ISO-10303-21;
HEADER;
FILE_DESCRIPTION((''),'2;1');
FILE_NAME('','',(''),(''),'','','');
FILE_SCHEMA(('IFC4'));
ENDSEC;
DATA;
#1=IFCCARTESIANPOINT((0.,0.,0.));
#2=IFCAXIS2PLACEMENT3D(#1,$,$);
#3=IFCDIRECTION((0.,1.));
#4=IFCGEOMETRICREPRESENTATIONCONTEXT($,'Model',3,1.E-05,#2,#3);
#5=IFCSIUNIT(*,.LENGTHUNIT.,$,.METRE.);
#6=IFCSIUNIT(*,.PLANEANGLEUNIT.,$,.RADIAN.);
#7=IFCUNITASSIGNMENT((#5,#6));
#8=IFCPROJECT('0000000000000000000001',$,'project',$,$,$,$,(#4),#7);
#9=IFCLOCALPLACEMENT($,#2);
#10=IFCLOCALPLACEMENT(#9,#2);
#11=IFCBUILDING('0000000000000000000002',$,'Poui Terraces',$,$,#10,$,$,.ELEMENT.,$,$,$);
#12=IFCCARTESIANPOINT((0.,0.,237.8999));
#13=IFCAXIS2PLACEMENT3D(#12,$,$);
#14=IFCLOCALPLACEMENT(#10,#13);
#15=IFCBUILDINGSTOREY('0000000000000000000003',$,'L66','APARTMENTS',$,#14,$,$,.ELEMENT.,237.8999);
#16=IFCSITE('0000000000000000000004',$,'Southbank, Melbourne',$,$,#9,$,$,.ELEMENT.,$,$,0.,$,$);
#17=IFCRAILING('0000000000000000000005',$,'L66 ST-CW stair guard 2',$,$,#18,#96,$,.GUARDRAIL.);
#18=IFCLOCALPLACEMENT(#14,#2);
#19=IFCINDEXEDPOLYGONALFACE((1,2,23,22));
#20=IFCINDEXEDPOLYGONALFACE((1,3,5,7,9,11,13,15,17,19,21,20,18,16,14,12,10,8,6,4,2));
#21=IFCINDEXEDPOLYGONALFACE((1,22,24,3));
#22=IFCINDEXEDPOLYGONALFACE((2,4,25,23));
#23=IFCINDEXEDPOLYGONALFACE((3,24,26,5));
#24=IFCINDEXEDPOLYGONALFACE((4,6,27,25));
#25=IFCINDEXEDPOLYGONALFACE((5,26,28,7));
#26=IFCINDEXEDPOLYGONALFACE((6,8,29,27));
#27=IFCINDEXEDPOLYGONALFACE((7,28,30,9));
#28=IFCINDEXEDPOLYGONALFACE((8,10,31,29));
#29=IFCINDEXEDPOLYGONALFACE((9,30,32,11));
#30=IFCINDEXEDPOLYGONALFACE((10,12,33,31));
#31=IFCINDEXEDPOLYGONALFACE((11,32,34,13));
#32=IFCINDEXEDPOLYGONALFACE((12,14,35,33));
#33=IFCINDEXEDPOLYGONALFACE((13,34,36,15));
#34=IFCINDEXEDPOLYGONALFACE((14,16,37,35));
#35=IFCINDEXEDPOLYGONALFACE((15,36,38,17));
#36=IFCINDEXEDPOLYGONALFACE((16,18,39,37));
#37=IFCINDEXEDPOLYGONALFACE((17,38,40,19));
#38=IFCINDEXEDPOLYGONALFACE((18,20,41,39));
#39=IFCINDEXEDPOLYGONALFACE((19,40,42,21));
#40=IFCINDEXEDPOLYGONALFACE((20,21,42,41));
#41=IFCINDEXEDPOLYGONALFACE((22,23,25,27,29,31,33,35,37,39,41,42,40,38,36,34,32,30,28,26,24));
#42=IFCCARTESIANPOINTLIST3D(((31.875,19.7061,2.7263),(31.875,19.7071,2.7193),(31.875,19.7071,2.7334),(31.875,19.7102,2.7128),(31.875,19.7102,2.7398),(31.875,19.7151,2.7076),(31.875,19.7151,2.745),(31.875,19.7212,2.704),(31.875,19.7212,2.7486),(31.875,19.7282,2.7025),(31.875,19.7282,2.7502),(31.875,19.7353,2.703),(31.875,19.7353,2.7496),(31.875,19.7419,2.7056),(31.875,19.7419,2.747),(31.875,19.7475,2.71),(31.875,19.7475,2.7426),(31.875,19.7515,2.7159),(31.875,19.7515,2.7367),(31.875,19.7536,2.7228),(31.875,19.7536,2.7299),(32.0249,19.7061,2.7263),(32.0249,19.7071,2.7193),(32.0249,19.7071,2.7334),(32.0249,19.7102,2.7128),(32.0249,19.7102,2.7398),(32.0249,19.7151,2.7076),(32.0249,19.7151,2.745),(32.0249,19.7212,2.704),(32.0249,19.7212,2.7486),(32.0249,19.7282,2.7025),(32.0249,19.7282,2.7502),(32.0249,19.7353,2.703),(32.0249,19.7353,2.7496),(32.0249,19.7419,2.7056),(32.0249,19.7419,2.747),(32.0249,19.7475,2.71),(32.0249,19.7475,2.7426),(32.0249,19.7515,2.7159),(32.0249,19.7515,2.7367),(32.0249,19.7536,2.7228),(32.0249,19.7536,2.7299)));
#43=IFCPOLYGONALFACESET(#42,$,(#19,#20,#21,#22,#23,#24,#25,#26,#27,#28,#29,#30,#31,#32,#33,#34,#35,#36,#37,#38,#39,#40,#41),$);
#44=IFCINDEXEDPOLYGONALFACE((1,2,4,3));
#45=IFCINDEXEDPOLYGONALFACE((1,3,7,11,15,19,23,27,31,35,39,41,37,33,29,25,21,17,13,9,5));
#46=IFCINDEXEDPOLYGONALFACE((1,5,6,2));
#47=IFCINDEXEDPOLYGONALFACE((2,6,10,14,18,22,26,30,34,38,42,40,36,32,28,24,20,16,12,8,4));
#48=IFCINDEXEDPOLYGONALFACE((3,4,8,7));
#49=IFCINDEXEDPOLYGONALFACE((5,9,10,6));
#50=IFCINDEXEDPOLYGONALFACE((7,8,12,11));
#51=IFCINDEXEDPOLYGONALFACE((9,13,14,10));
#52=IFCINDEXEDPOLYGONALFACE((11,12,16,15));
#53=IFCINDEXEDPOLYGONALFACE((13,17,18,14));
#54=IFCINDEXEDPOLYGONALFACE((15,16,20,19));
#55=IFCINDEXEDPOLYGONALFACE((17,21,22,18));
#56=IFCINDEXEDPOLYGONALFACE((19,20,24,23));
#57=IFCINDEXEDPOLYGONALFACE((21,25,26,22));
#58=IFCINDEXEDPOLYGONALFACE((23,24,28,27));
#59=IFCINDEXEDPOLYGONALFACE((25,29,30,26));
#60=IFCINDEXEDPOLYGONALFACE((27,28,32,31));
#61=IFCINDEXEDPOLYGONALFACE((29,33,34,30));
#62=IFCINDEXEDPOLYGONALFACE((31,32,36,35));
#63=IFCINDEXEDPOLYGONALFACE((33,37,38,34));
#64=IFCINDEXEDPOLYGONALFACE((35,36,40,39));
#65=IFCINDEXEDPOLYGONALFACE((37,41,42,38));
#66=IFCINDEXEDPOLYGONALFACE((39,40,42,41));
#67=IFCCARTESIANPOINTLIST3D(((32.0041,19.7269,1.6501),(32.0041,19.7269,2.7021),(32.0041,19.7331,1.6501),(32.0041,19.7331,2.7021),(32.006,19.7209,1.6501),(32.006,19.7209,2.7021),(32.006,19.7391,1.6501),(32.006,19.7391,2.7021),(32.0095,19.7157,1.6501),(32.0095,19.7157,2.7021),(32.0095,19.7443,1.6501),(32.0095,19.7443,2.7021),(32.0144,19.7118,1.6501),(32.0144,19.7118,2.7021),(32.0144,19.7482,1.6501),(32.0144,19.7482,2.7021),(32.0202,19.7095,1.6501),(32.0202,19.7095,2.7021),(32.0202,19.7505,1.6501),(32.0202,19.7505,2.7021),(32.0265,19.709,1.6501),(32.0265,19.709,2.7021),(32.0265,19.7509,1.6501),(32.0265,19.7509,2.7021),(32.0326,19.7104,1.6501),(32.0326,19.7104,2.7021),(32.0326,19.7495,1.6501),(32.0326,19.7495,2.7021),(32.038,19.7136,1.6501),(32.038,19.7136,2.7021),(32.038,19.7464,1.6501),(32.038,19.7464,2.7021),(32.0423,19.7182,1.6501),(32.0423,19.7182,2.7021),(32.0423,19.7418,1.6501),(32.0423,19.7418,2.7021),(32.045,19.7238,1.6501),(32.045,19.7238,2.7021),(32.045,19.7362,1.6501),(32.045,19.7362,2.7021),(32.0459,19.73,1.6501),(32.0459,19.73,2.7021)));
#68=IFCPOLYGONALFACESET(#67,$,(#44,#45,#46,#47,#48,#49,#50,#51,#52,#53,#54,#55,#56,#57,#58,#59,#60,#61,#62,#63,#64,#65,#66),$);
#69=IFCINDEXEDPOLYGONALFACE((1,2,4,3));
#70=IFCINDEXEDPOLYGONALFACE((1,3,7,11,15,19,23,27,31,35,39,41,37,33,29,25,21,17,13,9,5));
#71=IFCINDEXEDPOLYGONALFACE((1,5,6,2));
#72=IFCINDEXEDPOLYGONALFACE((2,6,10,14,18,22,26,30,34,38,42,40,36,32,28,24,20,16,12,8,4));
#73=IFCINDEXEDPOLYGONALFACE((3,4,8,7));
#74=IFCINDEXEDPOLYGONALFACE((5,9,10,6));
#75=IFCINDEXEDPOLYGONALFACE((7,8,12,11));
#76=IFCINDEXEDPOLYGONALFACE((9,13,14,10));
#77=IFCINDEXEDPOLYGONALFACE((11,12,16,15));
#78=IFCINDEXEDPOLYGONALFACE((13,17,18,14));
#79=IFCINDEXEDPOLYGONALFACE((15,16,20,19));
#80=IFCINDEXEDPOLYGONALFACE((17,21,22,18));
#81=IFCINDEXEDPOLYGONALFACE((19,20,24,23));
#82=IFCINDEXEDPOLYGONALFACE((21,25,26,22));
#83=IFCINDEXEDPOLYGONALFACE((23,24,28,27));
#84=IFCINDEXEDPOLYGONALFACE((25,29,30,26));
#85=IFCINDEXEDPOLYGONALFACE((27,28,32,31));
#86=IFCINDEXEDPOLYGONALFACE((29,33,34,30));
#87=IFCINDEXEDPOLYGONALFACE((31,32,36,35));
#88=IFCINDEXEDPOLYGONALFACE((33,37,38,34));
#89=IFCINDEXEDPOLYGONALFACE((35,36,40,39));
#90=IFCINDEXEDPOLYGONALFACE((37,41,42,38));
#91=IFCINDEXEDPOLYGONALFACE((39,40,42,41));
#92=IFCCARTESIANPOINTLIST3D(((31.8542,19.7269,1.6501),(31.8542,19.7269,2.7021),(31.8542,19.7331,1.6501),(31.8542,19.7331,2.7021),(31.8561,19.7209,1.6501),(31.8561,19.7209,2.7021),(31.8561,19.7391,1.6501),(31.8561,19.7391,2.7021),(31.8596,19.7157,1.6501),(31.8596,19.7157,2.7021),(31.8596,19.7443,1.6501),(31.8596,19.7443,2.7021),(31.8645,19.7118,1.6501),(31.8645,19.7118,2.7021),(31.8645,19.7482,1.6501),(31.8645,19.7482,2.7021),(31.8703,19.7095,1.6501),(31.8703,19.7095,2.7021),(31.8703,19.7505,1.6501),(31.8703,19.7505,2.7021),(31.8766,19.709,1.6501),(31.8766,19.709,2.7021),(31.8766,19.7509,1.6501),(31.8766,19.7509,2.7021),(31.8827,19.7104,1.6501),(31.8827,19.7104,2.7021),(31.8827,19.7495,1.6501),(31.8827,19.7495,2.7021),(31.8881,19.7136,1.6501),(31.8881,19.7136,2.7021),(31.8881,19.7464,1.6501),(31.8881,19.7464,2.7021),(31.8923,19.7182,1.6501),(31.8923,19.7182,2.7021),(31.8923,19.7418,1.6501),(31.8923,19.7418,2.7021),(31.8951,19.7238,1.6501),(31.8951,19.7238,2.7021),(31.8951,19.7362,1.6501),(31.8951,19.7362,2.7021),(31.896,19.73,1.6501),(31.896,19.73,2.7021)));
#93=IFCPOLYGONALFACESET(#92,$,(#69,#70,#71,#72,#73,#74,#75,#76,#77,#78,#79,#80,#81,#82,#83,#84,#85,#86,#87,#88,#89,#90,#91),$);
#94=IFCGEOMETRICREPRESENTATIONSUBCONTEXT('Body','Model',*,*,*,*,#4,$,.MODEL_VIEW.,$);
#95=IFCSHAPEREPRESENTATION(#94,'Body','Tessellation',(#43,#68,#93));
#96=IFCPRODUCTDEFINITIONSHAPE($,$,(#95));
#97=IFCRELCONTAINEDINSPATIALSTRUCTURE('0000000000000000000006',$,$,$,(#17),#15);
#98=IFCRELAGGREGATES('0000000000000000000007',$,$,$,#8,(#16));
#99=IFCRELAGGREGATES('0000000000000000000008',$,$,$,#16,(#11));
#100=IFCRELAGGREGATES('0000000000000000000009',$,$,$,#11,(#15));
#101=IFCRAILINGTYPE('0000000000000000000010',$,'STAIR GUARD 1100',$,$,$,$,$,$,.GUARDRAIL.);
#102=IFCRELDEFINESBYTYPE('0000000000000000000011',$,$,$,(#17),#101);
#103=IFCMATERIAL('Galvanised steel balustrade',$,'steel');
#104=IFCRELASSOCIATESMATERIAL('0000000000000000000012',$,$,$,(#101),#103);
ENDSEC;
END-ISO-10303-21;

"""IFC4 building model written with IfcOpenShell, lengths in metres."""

from ifc_helpers import new_model, si_unit, direction, frame, origin, origin_2d, place, context, subcontext, project, spatial, circle, extrude, material, type_object, element, save


model = new_model("IFC4")

# Units and contexts
model_context = context("Model", 3, precision=1e-05, world=origin(), true_north=direction((0.0, 1.0)))
body_context = subcontext(model_context, "Body", "Model", "MODEL_VIEW")
ifc_project = project(units=[si_unit("LENGTHUNIT", "METRE"), si_unit("PLANEANGLEUNIT", "RADIAN")], contexts=[model_context])

# Site, building, storey
site_placement = place(None, origin())
site = spatial("IfcSite", under=ifc_project, at=site_placement, Name="Southbank, Melbourne", CompositionType="ELEMENT", RefElevation=0.0)
building_placement = place(site_placement, origin())
building = spatial("IfcBuilding", under=site, at=building_placement, Name="Poui Terraces", CompositionType="ELEMENT")
storey_placement = place(building_placement, frame((0.0, 0.0, 237.8999)))
storey = spatial("IfcBuildingStorey", under=building, at=storey_placement, Name="L66", Description="APARTMENTS", CompositionType="ELEMENT", Elevation=237.8999)

# Railing
ifc_material_1 = material(Name="Galvanised steel balustrade", Category="steel")
railing_type_1 = type_object("IfcRailingType", Name="STAIR GUARD 1100", PredefinedType="GUARDRAIL", material=ifc_material_1)
railing_1_placement = place(storey_placement, frame((32.0249, 19.73, 1.6501)))
element("IfcRailing", 1, at=railing_1_placement, inside=storey, type_object=railing_type_1, Name="L66 ST-CW stair guard 2", PredefinedType="GUARDRAIL", context=body_context, shape_type="SweptSolid", body=[
    extrude(circle(Radius=0.0239, at=origin_2d()), frame((0.0, 0.0, 1.0762), z_axis=(-1.0, 0.0, 0.0), x_axis=(0.0, -1.0, 0.0)), (0.0, 0.0, 1.0), 0.1499),
    extrude(circle(Radius=0.021, at=origin_2d()), origin(), (0.0, 0.0, 1.0), 1.052),
    extrude(circle(Radius=0.021, at=origin_2d()), frame((-0.1499, 0.0, 0.0)), (0.0, 0.0, 1.0), 1.052),
])

save(model, "model.ifc")
